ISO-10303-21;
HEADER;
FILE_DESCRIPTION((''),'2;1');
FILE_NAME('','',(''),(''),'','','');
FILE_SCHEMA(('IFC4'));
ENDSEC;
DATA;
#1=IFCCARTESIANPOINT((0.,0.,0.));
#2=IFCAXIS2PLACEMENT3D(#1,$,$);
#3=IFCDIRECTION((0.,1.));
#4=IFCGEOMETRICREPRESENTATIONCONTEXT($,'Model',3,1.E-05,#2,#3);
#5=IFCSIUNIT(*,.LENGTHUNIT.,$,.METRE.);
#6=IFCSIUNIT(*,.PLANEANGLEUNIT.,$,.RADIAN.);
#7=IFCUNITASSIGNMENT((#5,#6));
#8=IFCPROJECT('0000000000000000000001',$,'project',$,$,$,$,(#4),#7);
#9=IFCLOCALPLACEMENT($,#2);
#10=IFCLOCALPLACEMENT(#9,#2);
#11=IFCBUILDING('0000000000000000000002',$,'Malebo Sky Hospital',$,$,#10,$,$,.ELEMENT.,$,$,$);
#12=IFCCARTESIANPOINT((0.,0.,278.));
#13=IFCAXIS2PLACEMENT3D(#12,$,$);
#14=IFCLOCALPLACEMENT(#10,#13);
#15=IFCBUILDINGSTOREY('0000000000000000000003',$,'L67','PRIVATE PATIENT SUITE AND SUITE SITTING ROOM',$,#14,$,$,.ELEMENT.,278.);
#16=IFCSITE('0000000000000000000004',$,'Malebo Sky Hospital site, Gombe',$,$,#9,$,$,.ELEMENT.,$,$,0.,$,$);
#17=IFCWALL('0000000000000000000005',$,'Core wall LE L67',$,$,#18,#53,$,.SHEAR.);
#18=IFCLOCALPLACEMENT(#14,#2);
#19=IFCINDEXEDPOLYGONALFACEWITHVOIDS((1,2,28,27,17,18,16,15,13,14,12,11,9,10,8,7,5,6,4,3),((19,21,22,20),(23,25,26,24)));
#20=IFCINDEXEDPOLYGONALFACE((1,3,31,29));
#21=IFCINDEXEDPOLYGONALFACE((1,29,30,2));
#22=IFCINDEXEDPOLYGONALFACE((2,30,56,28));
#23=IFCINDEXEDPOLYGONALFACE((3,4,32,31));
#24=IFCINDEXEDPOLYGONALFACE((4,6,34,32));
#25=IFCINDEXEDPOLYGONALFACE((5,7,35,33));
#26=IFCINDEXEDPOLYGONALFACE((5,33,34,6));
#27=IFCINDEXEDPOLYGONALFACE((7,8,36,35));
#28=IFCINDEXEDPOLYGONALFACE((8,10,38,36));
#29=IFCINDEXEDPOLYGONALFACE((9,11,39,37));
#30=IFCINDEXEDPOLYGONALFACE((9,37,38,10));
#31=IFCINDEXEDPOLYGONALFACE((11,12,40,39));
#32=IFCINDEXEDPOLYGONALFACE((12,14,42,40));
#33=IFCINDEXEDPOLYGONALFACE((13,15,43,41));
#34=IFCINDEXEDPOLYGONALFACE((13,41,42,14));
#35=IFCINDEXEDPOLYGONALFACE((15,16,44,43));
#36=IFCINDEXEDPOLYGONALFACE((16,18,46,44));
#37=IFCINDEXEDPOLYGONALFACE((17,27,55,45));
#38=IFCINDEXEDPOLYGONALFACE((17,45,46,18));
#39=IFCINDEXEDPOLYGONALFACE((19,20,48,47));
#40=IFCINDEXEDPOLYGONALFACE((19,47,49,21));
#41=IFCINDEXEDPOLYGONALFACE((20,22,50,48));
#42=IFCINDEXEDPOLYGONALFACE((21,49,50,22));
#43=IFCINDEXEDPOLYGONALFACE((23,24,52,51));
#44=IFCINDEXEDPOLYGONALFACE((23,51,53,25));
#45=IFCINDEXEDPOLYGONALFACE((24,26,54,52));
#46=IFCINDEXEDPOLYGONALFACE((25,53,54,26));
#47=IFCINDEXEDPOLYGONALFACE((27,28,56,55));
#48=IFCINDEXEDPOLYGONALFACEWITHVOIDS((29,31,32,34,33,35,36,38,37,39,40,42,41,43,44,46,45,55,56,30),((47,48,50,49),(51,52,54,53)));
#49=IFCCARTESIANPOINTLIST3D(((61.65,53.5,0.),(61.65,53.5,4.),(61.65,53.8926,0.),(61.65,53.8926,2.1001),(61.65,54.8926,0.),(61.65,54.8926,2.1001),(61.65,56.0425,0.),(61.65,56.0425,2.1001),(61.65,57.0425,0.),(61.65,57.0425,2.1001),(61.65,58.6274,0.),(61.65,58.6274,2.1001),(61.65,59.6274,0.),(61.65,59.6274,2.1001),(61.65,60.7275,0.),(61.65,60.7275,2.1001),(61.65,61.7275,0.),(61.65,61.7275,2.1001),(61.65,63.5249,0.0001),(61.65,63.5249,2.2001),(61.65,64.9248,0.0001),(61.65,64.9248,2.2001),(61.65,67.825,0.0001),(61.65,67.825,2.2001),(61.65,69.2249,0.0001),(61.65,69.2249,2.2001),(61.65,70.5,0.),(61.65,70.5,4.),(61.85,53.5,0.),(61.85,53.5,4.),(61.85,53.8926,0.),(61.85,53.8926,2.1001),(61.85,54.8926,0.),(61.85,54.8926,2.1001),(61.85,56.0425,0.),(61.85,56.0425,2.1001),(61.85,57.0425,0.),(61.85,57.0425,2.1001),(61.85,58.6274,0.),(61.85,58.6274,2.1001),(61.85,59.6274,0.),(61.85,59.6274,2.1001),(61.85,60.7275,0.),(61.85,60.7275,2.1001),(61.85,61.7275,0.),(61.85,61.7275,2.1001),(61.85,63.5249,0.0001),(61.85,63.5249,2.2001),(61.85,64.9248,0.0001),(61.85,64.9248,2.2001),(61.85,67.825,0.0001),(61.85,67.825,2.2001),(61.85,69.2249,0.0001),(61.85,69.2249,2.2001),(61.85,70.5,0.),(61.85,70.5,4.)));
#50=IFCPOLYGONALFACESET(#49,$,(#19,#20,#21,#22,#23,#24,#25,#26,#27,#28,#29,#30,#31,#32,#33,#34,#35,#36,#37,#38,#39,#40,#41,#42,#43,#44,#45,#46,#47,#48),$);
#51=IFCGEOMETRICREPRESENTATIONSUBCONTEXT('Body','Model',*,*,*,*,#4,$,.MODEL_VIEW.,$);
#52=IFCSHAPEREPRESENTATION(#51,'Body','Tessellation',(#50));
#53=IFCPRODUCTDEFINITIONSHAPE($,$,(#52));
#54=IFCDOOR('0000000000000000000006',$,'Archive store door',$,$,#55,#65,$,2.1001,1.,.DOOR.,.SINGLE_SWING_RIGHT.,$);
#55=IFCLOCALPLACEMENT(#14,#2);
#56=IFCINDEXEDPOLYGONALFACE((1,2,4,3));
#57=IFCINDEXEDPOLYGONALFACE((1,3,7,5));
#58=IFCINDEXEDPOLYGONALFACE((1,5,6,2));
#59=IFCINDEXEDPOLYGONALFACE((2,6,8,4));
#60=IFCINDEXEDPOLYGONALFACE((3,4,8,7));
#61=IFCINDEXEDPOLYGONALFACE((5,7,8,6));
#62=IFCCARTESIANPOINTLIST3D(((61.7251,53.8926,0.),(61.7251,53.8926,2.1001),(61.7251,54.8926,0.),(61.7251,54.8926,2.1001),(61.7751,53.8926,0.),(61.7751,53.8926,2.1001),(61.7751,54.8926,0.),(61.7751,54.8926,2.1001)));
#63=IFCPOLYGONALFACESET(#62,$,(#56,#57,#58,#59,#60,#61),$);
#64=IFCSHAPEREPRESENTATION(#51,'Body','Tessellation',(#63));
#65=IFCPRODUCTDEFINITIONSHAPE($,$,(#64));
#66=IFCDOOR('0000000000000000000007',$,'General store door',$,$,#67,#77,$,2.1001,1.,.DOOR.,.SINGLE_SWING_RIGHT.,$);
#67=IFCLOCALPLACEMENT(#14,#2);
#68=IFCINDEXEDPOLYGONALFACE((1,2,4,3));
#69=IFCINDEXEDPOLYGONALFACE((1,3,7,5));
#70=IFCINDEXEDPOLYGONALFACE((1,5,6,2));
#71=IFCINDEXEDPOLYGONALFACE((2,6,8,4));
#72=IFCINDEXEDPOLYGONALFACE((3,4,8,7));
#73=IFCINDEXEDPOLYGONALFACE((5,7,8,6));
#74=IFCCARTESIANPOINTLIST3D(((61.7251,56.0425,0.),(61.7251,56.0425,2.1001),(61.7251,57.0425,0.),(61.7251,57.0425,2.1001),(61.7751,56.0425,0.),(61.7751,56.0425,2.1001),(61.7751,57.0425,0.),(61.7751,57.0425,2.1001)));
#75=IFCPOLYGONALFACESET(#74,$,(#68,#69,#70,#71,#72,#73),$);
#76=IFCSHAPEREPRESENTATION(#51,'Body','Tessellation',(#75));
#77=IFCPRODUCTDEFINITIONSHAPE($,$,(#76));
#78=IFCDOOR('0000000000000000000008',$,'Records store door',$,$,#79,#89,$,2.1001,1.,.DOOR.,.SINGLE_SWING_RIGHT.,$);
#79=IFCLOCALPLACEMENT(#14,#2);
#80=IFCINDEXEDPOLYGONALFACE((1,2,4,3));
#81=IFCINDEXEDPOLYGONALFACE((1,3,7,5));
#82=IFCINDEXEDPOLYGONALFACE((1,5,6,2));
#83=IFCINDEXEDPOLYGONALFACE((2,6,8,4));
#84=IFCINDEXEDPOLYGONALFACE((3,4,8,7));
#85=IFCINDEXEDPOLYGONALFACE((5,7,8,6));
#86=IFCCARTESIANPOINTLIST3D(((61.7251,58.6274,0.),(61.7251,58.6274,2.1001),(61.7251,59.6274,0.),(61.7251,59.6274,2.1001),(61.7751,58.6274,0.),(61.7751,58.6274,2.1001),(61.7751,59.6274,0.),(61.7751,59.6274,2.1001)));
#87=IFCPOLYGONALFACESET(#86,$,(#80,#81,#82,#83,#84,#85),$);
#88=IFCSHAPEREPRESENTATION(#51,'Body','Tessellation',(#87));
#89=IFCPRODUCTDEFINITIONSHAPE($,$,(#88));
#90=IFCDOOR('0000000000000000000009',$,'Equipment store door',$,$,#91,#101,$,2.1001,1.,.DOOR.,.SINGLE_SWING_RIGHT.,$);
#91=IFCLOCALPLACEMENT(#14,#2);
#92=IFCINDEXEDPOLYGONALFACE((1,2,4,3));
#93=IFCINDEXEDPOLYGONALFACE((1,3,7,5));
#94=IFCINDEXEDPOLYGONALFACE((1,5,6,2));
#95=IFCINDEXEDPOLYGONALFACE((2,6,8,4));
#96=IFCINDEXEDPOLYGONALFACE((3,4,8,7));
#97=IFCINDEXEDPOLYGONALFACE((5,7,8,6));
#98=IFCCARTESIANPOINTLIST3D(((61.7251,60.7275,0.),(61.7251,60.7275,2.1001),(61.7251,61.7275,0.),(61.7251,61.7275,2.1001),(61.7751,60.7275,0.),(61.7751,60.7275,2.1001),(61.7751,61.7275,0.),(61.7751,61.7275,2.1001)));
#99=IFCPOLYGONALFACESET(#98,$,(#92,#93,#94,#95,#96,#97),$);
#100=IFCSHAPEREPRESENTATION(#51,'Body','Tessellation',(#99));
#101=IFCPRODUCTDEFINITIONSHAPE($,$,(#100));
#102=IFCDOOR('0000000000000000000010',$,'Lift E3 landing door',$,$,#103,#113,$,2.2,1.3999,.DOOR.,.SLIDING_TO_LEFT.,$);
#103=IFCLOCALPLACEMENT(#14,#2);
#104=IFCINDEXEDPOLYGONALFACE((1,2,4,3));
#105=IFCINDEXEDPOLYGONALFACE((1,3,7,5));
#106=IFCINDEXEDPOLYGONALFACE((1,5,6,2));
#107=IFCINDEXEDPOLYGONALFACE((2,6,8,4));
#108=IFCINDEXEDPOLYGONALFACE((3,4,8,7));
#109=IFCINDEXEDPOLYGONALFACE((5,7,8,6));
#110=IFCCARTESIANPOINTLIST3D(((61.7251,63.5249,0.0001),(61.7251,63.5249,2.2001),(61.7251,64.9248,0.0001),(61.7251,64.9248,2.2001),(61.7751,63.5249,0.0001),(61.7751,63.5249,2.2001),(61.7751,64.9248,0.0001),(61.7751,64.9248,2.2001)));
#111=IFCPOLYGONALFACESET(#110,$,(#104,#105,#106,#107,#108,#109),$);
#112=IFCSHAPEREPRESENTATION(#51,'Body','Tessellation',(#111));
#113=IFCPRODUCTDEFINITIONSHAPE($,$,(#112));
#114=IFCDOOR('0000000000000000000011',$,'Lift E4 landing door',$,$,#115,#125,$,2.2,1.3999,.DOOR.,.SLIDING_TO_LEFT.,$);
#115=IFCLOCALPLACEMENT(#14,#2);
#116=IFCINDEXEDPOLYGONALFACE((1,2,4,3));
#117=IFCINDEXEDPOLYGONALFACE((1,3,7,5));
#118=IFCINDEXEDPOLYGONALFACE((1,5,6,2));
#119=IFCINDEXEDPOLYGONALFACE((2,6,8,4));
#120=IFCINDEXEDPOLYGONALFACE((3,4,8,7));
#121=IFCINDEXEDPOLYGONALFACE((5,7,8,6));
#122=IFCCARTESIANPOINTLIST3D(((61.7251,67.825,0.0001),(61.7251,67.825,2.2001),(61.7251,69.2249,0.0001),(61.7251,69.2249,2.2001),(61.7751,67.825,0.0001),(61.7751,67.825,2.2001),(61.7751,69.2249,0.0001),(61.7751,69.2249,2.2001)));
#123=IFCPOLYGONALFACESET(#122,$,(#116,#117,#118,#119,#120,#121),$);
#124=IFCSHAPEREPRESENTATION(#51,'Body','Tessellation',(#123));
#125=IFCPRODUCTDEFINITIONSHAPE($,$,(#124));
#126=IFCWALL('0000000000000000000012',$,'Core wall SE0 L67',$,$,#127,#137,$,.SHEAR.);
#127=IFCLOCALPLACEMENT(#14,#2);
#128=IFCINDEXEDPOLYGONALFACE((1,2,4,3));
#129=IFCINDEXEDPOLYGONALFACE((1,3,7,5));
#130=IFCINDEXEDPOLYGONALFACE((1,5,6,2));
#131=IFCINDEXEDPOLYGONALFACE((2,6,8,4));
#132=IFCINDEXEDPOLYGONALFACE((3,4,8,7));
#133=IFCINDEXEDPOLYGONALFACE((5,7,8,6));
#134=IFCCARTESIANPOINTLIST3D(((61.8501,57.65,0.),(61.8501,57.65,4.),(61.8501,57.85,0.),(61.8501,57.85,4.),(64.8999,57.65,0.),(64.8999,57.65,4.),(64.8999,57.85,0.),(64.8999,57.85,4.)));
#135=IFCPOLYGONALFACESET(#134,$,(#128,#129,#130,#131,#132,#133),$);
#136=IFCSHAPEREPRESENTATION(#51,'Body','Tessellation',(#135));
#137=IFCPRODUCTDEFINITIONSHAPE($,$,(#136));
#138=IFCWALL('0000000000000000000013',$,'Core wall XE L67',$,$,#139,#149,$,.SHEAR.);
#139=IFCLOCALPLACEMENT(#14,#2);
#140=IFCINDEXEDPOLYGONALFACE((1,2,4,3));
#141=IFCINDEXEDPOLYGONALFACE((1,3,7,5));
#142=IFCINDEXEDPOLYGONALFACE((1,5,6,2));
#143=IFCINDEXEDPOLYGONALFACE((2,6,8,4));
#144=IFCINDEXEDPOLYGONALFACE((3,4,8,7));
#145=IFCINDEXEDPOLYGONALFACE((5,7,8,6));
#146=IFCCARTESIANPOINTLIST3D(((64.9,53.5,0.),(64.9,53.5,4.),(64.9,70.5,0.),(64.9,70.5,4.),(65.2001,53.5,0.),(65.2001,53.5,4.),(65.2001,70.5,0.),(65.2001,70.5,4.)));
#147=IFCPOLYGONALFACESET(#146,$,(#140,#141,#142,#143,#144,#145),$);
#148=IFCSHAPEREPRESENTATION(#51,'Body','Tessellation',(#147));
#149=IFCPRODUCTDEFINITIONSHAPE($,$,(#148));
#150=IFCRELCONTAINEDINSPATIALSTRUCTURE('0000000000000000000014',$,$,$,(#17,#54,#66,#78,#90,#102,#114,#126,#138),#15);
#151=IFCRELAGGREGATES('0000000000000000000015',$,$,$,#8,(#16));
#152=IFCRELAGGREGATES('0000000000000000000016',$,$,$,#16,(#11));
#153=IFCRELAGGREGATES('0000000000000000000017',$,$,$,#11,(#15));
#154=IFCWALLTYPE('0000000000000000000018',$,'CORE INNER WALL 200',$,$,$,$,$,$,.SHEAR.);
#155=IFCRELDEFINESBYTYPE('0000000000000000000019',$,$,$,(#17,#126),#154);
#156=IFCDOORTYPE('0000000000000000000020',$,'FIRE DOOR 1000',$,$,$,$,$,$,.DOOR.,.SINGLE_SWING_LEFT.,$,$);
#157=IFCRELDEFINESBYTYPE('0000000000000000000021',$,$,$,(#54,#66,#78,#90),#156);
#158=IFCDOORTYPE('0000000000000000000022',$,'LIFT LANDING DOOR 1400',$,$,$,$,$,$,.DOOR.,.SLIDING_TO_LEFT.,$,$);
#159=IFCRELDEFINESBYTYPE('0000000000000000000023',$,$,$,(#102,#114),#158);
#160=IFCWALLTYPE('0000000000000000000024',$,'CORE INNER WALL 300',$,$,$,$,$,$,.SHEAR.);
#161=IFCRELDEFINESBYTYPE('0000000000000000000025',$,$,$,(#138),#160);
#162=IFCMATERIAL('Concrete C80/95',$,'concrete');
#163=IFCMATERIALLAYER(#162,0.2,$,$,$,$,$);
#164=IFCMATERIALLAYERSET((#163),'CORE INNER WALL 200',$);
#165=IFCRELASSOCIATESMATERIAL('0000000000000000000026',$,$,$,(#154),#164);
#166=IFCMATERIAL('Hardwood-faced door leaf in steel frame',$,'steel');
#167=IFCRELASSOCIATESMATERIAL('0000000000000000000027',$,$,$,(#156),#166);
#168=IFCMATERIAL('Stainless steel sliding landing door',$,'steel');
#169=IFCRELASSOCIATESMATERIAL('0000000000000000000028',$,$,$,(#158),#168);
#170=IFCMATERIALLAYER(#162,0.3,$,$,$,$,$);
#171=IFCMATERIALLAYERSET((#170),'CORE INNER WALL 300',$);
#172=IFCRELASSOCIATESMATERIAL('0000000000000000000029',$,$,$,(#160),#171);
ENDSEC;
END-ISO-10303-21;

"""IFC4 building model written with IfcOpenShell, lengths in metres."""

from ifc_helpers import new_model, si_unit, direction, frame, frame_2d, origin, place, context, subcontext, project, spatial, rectangle, extrude, material, layer, layer_set, type_object, element, fill, save


model = new_model("IFC4")

# Units and contexts
model_context = context("Model", 3, precision=1e-05, world=origin(), true_north=direction((0.0, 1.0)))
body_context = subcontext(model_context, "Body", "Model", "MODEL_VIEW")
ifc_project = project(units=[si_unit("LENGTHUNIT", "METRE"), si_unit("PLANEANGLEUNIT", "RADIAN")], contexts=[model_context])

# Site, building, storey
site_placement = place(None, origin())
site = spatial("IfcSite", under=ifc_project, at=site_placement, Name="Malebo Sky Hospital site, Gombe", CompositionType="ELEMENT", RefElevation=0.0)
building_placement = place(site_placement, origin())
building = spatial("IfcBuilding", under=site, at=building_placement, Name="Malebo Sky Hospital", CompositionType="ELEMENT")
storey_placement = place(building_placement, frame((0.0, 0.0, 278.0)))
storey = spatial("IfcBuildingStorey", under=building, at=storey_placement, Name="L67", Description="PRIVATE PATIENT SUITE AND SUITE SITTING ROOM", CompositionType="ELEMENT", Elevation=278.0)

# Wall, openings, doors
ifc_material_1 = material(Name="Concrete C80/95", Category="concrete")
ifc_layer_1 = layer(ifc_material_1, 0.2)
ifc_layer_set_1 = layer_set([ifc_layer_1], Name="CORE INNER WALL 200")
wall_type_1 = type_object("IfcWallType", Name="CORE INNER WALL 200", PredefinedType="SHEAR", material=ifc_layer_set_1)
ifc_material_2 = material(Name="Hardwood-faced door leaf in steel frame", Category="steel")
door_type_1 = type_object("IfcDoorType", Name="FIRE DOOR 1000", OperationType="SINGLE_SWING_LEFT", PredefinedType="DOOR", material=ifc_material_2)
ifc_material_3 = material(Name="Stainless steel sliding landing door", Category="steel")
door_type_2 = type_object("IfcDoorType", Name="LIFT LANDING DOOR 1400", OperationType="SLIDING_TO_LEFT", PredefinedType="DOOR", material=ifc_material_3)
wall_1_placement = place(storey_placement, frame((61.75, 53.5, 0.0), z_axis=(0.0, 0.0, 1.0), x_axis=(0.0, 1.0, 0.0)))
wall_1 = element("IfcWall", 1, at=wall_1_placement, inside=storey, type_object=wall_type_1, Name="Core wall LE L67", PredefinedType="SHEAR", context=body_context, shape_type="SweptSolid", body=[
    extrude(rectangle(XDim=17.0, YDim=0.2, at=frame_2d((8.5, 0.0))), origin(), (0.0, 0.0, 1.0), 4.0),
])
opening_1_placement = place(wall_1_placement, frame((0.3926, 0.0, 0.0)))
opening_1 = element("IfcOpeningElement", 2, at=opening_1_placement, cuts=wall_1, PredefinedType="OPENING", context=body_context, shape_type="SweptSolid", body=[
    extrude(rectangle(XDim=1.0, YDim=2.1001, at=frame_2d((0.5, 1.05))), frame((0.0, 0.1099, 0.0), z_axis=(0.0, -1.0, 0.0), x_axis=(1.0, 0.0, 0.0)), (0.0, 0.0, 1.0), 0.22),
])
opening_2_placement = place(wall_1_placement, frame((2.5425, 0.0, 0.0)))
opening_2 = element("IfcOpeningElement", 3, at=opening_2_placement, cuts=wall_1, PredefinedType="OPENING", context=body_context, shape_type="SweptSolid", body=[
    extrude(rectangle(XDim=1.0, YDim=2.1001, at=frame_2d((0.5, 1.05))), frame((0.0, 0.1099, 0.0), z_axis=(0.0, -1.0, 0.0), x_axis=(1.0, 0.0, 0.0)), (0.0, 0.0, 1.0), 0.22),
])
opening_3_placement = place(wall_1_placement, frame((5.1274, 0.0, 0.0)))
opening_3 = element("IfcOpeningElement", 4, at=opening_3_placement, cuts=wall_1, PredefinedType="OPENING", context=body_context, shape_type="SweptSolid", body=[
    extrude(rectangle(XDim=1.0, YDim=2.1001, at=frame_2d((0.5, 1.05))), frame((0.0, 0.1099, 0.0), z_axis=(0.0, -1.0, 0.0), x_axis=(1.0, 0.0, 0.0)), (0.0, 0.0, 1.0), 0.22),
])
opening_4_placement = place(wall_1_placement, frame((7.2275, 0.0, 0.0)))
opening_4 = element("IfcOpeningElement", 5, at=opening_4_placement, cuts=wall_1, PredefinedType="OPENING", context=body_context, shape_type="SweptSolid", body=[
    extrude(rectangle(XDim=1.0, YDim=2.1001, at=frame_2d((0.5, 1.05))), frame((0.0, 0.1099, 0.0), z_axis=(0.0, -1.0, 0.0), x_axis=(1.0, 0.0, 0.0)), (0.0, 0.0, 1.0), 0.22),
])
opening_5_placement = place(wall_1_placement, frame((10.0249, 0.0, 0.0)))
opening_5 = element("IfcOpeningElement", 6, at=opening_5_placement, cuts=wall_1, PredefinedType="OPENING", context=body_context, shape_type="SweptSolid", body=[
    extrude(rectangle(XDim=1.3999, YDim=2.2, at=frame_2d((0.7, 1.1001))), frame((0.0, 0.1099, 0.0), z_axis=(0.0, -1.0, 0.0), x_axis=(1.0, 0.0, 0.0)), (0.0, 0.0, 1.0), 0.22),
])
opening_6_placement = place(wall_1_placement, frame((14.325, 0.0, 0.0)))
opening_6 = element("IfcOpeningElement", 7, at=opening_6_placement, cuts=wall_1, PredefinedType="OPENING", context=body_context, shape_type="SweptSolid", body=[
    extrude(rectangle(XDim=1.3999, YDim=2.2, at=frame_2d((0.7, 1.1001))), frame((0.0, 0.1099, 0.0), z_axis=(0.0, -1.0, 0.0), x_axis=(1.0, 0.0, 0.0)), (0.0, 0.0, 1.0), 0.22),
])
door_1_placement = place(opening_1_placement, origin())
door_1 = element("IfcDoor", 8, at=door_1_placement, inside=storey, type_object=door_type_1, Name="Archive store door", OperationType="SINGLE_SWING_RIGHT", OverallHeight=2.1001, OverallWidth=1.0, PredefinedType="DOOR", context=body_context, shape_type="SweptSolid", body=[
    extrude(rectangle(XDim=1.0, YDim=2.1001, at=frame_2d((0.5, 1.05))), frame((0.0, 0.0249, 0.0), z_axis=(0.0, -1.0, 0.0), x_axis=(1.0, 0.0, 0.0)), (0.0, 0.0, 1.0), 0.05),
])
fill(opening_1, door_1)
door_2_placement = place(opening_2_placement, origin())
door_2 = element("IfcDoor", 9, at=door_2_placement, inside=storey, type_object=door_type_1, Name="General store door", OperationType="SINGLE_SWING_RIGHT", OverallHeight=2.1001, OverallWidth=1.0, PredefinedType="DOOR", context=body_context, shape_type="SweptSolid", body=[
    extrude(rectangle(XDim=1.0, YDim=2.1001, at=frame_2d((0.5, 1.05))), frame((0.0, 0.0249, 0.0), z_axis=(0.0, -1.0, 0.0), x_axis=(1.0, 0.0, 0.0)), (0.0, 0.0, 1.0), 0.05),
])
fill(opening_2, door_2)
door_3_placement = place(opening_3_placement, origin())
door_3 = element("IfcDoor", 10, at=door_3_placement, inside=storey, type_object=door_type_1, Name="Records store door", OperationType="SINGLE_SWING_RIGHT", OverallHeight=2.1001, OverallWidth=1.0, PredefinedType="DOOR", context=body_context, shape_type="SweptSolid", body=[
    extrude(rectangle(XDim=1.0, YDim=2.1001, at=frame_2d((0.5, 1.05))), frame((0.0, 0.0249, 0.0), z_axis=(0.0, -1.0, 0.0), x_axis=(1.0, 0.0, 0.0)), (0.0, 0.0, 1.0), 0.05),
])
fill(opening_3, door_3)
door_4_placement = place(opening_4_placement, origin())
door_4 = element("IfcDoor", 11, at=door_4_placement, inside=storey, type_object=door_type_1, Name="Equipment store door", OperationType="SINGLE_SWING_RIGHT", OverallHeight=2.1001, OverallWidth=1.0, PredefinedType="DOOR", context=body_context, shape_type="SweptSolid", body=[
    extrude(rectangle(XDim=1.0, YDim=2.1001, at=frame_2d((0.5, 1.05))), frame((0.0, 0.0249, 0.0), z_axis=(0.0, -1.0, 0.0), x_axis=(1.0, 0.0, 0.0)), (0.0, 0.0, 1.0), 0.05),
])
fill(opening_4, door_4)
door_5_placement = place(opening_5_placement, origin())
door_5 = element("IfcDoor", 12, at=door_5_placement, inside=storey, type_object=door_type_2, Name="Lift E3 landing door", OperationType="SLIDING_TO_LEFT", OverallHeight=2.2, OverallWidth=1.3999, PredefinedType="DOOR", context=body_context, shape_type="SweptSolid", body=[
    extrude(rectangle(XDim=1.3999, YDim=2.2, at=frame_2d((0.7, 1.1001))), frame((0.0, 0.0249, 0.0), z_axis=(0.0, -1.0, 0.0), x_axis=(1.0, 0.0, 0.0)), (0.0, 0.0, 1.0), 0.05),
])
fill(opening_5, door_5)
door_6_placement = place(opening_6_placement, origin())
door_6 = element("IfcDoor", 13, at=door_6_placement, inside=storey, type_object=door_type_2, Name="Lift E4 landing door", OperationType="SLIDING_TO_LEFT", OverallHeight=2.2, OverallWidth=1.3999, PredefinedType="DOOR", context=body_context, shape_type="SweptSolid", body=[
    extrude(rectangle(XDim=1.3999, YDim=2.2, at=frame_2d((0.7, 1.1001))), frame((0.0, 0.0249, 0.0), z_axis=(0.0, -1.0, 0.0), x_axis=(1.0, 0.0, 0.0)), (0.0, 0.0, 1.0), 0.05),
])
fill(opening_6, door_6)

# Walls
wall_2_placement = place(storey_placement, frame((61.8501, 57.75, 0.0), z_axis=(0.0, 0.0, 1.0), x_axis=(1.0, 0.0, 0.0)))
element("IfcWall", 14, at=wall_2_placement, inside=storey, type_object=wall_type_1, Name="Core wall SE0 L67", PredefinedType="SHEAR", context=body_context, shape_type="SweptSolid", body=[
    extrude(rectangle(XDim=3.0498, YDim=0.2, at=frame_2d((1.5249, 0.0))), origin(), (0.0, 0.0, 1.0), 4.0),
])
ifc_layer_2 = layer(ifc_material_1, 0.3)
ifc_layer_set_2 = layer_set([ifc_layer_2], Name="CORE INNER WALL 300")
wall_type_2 = type_object("IfcWallType", Name="CORE INNER WALL 300", PredefinedType="SHEAR", material=ifc_layer_set_2)
wall_3_placement = place(storey_placement, frame((65.05, 53.5, 0.0), z_axis=(0.0, 0.0, 1.0), x_axis=(0.0, 1.0, 0.0)))
element("IfcWall", 15, at=wall_3_placement, inside=storey, type_object=wall_type_2, Name="Core wall XE L67", PredefinedType="SHEAR", context=body_context, shape_type="SweptSolid", body=[
    extrude(rectangle(XDim=17.0, YDim=0.3, at=frame_2d((8.5, 0.0))), origin(), (0.0, 0.0, 1.0), 4.0),
])

save(model, "model.ifc")
